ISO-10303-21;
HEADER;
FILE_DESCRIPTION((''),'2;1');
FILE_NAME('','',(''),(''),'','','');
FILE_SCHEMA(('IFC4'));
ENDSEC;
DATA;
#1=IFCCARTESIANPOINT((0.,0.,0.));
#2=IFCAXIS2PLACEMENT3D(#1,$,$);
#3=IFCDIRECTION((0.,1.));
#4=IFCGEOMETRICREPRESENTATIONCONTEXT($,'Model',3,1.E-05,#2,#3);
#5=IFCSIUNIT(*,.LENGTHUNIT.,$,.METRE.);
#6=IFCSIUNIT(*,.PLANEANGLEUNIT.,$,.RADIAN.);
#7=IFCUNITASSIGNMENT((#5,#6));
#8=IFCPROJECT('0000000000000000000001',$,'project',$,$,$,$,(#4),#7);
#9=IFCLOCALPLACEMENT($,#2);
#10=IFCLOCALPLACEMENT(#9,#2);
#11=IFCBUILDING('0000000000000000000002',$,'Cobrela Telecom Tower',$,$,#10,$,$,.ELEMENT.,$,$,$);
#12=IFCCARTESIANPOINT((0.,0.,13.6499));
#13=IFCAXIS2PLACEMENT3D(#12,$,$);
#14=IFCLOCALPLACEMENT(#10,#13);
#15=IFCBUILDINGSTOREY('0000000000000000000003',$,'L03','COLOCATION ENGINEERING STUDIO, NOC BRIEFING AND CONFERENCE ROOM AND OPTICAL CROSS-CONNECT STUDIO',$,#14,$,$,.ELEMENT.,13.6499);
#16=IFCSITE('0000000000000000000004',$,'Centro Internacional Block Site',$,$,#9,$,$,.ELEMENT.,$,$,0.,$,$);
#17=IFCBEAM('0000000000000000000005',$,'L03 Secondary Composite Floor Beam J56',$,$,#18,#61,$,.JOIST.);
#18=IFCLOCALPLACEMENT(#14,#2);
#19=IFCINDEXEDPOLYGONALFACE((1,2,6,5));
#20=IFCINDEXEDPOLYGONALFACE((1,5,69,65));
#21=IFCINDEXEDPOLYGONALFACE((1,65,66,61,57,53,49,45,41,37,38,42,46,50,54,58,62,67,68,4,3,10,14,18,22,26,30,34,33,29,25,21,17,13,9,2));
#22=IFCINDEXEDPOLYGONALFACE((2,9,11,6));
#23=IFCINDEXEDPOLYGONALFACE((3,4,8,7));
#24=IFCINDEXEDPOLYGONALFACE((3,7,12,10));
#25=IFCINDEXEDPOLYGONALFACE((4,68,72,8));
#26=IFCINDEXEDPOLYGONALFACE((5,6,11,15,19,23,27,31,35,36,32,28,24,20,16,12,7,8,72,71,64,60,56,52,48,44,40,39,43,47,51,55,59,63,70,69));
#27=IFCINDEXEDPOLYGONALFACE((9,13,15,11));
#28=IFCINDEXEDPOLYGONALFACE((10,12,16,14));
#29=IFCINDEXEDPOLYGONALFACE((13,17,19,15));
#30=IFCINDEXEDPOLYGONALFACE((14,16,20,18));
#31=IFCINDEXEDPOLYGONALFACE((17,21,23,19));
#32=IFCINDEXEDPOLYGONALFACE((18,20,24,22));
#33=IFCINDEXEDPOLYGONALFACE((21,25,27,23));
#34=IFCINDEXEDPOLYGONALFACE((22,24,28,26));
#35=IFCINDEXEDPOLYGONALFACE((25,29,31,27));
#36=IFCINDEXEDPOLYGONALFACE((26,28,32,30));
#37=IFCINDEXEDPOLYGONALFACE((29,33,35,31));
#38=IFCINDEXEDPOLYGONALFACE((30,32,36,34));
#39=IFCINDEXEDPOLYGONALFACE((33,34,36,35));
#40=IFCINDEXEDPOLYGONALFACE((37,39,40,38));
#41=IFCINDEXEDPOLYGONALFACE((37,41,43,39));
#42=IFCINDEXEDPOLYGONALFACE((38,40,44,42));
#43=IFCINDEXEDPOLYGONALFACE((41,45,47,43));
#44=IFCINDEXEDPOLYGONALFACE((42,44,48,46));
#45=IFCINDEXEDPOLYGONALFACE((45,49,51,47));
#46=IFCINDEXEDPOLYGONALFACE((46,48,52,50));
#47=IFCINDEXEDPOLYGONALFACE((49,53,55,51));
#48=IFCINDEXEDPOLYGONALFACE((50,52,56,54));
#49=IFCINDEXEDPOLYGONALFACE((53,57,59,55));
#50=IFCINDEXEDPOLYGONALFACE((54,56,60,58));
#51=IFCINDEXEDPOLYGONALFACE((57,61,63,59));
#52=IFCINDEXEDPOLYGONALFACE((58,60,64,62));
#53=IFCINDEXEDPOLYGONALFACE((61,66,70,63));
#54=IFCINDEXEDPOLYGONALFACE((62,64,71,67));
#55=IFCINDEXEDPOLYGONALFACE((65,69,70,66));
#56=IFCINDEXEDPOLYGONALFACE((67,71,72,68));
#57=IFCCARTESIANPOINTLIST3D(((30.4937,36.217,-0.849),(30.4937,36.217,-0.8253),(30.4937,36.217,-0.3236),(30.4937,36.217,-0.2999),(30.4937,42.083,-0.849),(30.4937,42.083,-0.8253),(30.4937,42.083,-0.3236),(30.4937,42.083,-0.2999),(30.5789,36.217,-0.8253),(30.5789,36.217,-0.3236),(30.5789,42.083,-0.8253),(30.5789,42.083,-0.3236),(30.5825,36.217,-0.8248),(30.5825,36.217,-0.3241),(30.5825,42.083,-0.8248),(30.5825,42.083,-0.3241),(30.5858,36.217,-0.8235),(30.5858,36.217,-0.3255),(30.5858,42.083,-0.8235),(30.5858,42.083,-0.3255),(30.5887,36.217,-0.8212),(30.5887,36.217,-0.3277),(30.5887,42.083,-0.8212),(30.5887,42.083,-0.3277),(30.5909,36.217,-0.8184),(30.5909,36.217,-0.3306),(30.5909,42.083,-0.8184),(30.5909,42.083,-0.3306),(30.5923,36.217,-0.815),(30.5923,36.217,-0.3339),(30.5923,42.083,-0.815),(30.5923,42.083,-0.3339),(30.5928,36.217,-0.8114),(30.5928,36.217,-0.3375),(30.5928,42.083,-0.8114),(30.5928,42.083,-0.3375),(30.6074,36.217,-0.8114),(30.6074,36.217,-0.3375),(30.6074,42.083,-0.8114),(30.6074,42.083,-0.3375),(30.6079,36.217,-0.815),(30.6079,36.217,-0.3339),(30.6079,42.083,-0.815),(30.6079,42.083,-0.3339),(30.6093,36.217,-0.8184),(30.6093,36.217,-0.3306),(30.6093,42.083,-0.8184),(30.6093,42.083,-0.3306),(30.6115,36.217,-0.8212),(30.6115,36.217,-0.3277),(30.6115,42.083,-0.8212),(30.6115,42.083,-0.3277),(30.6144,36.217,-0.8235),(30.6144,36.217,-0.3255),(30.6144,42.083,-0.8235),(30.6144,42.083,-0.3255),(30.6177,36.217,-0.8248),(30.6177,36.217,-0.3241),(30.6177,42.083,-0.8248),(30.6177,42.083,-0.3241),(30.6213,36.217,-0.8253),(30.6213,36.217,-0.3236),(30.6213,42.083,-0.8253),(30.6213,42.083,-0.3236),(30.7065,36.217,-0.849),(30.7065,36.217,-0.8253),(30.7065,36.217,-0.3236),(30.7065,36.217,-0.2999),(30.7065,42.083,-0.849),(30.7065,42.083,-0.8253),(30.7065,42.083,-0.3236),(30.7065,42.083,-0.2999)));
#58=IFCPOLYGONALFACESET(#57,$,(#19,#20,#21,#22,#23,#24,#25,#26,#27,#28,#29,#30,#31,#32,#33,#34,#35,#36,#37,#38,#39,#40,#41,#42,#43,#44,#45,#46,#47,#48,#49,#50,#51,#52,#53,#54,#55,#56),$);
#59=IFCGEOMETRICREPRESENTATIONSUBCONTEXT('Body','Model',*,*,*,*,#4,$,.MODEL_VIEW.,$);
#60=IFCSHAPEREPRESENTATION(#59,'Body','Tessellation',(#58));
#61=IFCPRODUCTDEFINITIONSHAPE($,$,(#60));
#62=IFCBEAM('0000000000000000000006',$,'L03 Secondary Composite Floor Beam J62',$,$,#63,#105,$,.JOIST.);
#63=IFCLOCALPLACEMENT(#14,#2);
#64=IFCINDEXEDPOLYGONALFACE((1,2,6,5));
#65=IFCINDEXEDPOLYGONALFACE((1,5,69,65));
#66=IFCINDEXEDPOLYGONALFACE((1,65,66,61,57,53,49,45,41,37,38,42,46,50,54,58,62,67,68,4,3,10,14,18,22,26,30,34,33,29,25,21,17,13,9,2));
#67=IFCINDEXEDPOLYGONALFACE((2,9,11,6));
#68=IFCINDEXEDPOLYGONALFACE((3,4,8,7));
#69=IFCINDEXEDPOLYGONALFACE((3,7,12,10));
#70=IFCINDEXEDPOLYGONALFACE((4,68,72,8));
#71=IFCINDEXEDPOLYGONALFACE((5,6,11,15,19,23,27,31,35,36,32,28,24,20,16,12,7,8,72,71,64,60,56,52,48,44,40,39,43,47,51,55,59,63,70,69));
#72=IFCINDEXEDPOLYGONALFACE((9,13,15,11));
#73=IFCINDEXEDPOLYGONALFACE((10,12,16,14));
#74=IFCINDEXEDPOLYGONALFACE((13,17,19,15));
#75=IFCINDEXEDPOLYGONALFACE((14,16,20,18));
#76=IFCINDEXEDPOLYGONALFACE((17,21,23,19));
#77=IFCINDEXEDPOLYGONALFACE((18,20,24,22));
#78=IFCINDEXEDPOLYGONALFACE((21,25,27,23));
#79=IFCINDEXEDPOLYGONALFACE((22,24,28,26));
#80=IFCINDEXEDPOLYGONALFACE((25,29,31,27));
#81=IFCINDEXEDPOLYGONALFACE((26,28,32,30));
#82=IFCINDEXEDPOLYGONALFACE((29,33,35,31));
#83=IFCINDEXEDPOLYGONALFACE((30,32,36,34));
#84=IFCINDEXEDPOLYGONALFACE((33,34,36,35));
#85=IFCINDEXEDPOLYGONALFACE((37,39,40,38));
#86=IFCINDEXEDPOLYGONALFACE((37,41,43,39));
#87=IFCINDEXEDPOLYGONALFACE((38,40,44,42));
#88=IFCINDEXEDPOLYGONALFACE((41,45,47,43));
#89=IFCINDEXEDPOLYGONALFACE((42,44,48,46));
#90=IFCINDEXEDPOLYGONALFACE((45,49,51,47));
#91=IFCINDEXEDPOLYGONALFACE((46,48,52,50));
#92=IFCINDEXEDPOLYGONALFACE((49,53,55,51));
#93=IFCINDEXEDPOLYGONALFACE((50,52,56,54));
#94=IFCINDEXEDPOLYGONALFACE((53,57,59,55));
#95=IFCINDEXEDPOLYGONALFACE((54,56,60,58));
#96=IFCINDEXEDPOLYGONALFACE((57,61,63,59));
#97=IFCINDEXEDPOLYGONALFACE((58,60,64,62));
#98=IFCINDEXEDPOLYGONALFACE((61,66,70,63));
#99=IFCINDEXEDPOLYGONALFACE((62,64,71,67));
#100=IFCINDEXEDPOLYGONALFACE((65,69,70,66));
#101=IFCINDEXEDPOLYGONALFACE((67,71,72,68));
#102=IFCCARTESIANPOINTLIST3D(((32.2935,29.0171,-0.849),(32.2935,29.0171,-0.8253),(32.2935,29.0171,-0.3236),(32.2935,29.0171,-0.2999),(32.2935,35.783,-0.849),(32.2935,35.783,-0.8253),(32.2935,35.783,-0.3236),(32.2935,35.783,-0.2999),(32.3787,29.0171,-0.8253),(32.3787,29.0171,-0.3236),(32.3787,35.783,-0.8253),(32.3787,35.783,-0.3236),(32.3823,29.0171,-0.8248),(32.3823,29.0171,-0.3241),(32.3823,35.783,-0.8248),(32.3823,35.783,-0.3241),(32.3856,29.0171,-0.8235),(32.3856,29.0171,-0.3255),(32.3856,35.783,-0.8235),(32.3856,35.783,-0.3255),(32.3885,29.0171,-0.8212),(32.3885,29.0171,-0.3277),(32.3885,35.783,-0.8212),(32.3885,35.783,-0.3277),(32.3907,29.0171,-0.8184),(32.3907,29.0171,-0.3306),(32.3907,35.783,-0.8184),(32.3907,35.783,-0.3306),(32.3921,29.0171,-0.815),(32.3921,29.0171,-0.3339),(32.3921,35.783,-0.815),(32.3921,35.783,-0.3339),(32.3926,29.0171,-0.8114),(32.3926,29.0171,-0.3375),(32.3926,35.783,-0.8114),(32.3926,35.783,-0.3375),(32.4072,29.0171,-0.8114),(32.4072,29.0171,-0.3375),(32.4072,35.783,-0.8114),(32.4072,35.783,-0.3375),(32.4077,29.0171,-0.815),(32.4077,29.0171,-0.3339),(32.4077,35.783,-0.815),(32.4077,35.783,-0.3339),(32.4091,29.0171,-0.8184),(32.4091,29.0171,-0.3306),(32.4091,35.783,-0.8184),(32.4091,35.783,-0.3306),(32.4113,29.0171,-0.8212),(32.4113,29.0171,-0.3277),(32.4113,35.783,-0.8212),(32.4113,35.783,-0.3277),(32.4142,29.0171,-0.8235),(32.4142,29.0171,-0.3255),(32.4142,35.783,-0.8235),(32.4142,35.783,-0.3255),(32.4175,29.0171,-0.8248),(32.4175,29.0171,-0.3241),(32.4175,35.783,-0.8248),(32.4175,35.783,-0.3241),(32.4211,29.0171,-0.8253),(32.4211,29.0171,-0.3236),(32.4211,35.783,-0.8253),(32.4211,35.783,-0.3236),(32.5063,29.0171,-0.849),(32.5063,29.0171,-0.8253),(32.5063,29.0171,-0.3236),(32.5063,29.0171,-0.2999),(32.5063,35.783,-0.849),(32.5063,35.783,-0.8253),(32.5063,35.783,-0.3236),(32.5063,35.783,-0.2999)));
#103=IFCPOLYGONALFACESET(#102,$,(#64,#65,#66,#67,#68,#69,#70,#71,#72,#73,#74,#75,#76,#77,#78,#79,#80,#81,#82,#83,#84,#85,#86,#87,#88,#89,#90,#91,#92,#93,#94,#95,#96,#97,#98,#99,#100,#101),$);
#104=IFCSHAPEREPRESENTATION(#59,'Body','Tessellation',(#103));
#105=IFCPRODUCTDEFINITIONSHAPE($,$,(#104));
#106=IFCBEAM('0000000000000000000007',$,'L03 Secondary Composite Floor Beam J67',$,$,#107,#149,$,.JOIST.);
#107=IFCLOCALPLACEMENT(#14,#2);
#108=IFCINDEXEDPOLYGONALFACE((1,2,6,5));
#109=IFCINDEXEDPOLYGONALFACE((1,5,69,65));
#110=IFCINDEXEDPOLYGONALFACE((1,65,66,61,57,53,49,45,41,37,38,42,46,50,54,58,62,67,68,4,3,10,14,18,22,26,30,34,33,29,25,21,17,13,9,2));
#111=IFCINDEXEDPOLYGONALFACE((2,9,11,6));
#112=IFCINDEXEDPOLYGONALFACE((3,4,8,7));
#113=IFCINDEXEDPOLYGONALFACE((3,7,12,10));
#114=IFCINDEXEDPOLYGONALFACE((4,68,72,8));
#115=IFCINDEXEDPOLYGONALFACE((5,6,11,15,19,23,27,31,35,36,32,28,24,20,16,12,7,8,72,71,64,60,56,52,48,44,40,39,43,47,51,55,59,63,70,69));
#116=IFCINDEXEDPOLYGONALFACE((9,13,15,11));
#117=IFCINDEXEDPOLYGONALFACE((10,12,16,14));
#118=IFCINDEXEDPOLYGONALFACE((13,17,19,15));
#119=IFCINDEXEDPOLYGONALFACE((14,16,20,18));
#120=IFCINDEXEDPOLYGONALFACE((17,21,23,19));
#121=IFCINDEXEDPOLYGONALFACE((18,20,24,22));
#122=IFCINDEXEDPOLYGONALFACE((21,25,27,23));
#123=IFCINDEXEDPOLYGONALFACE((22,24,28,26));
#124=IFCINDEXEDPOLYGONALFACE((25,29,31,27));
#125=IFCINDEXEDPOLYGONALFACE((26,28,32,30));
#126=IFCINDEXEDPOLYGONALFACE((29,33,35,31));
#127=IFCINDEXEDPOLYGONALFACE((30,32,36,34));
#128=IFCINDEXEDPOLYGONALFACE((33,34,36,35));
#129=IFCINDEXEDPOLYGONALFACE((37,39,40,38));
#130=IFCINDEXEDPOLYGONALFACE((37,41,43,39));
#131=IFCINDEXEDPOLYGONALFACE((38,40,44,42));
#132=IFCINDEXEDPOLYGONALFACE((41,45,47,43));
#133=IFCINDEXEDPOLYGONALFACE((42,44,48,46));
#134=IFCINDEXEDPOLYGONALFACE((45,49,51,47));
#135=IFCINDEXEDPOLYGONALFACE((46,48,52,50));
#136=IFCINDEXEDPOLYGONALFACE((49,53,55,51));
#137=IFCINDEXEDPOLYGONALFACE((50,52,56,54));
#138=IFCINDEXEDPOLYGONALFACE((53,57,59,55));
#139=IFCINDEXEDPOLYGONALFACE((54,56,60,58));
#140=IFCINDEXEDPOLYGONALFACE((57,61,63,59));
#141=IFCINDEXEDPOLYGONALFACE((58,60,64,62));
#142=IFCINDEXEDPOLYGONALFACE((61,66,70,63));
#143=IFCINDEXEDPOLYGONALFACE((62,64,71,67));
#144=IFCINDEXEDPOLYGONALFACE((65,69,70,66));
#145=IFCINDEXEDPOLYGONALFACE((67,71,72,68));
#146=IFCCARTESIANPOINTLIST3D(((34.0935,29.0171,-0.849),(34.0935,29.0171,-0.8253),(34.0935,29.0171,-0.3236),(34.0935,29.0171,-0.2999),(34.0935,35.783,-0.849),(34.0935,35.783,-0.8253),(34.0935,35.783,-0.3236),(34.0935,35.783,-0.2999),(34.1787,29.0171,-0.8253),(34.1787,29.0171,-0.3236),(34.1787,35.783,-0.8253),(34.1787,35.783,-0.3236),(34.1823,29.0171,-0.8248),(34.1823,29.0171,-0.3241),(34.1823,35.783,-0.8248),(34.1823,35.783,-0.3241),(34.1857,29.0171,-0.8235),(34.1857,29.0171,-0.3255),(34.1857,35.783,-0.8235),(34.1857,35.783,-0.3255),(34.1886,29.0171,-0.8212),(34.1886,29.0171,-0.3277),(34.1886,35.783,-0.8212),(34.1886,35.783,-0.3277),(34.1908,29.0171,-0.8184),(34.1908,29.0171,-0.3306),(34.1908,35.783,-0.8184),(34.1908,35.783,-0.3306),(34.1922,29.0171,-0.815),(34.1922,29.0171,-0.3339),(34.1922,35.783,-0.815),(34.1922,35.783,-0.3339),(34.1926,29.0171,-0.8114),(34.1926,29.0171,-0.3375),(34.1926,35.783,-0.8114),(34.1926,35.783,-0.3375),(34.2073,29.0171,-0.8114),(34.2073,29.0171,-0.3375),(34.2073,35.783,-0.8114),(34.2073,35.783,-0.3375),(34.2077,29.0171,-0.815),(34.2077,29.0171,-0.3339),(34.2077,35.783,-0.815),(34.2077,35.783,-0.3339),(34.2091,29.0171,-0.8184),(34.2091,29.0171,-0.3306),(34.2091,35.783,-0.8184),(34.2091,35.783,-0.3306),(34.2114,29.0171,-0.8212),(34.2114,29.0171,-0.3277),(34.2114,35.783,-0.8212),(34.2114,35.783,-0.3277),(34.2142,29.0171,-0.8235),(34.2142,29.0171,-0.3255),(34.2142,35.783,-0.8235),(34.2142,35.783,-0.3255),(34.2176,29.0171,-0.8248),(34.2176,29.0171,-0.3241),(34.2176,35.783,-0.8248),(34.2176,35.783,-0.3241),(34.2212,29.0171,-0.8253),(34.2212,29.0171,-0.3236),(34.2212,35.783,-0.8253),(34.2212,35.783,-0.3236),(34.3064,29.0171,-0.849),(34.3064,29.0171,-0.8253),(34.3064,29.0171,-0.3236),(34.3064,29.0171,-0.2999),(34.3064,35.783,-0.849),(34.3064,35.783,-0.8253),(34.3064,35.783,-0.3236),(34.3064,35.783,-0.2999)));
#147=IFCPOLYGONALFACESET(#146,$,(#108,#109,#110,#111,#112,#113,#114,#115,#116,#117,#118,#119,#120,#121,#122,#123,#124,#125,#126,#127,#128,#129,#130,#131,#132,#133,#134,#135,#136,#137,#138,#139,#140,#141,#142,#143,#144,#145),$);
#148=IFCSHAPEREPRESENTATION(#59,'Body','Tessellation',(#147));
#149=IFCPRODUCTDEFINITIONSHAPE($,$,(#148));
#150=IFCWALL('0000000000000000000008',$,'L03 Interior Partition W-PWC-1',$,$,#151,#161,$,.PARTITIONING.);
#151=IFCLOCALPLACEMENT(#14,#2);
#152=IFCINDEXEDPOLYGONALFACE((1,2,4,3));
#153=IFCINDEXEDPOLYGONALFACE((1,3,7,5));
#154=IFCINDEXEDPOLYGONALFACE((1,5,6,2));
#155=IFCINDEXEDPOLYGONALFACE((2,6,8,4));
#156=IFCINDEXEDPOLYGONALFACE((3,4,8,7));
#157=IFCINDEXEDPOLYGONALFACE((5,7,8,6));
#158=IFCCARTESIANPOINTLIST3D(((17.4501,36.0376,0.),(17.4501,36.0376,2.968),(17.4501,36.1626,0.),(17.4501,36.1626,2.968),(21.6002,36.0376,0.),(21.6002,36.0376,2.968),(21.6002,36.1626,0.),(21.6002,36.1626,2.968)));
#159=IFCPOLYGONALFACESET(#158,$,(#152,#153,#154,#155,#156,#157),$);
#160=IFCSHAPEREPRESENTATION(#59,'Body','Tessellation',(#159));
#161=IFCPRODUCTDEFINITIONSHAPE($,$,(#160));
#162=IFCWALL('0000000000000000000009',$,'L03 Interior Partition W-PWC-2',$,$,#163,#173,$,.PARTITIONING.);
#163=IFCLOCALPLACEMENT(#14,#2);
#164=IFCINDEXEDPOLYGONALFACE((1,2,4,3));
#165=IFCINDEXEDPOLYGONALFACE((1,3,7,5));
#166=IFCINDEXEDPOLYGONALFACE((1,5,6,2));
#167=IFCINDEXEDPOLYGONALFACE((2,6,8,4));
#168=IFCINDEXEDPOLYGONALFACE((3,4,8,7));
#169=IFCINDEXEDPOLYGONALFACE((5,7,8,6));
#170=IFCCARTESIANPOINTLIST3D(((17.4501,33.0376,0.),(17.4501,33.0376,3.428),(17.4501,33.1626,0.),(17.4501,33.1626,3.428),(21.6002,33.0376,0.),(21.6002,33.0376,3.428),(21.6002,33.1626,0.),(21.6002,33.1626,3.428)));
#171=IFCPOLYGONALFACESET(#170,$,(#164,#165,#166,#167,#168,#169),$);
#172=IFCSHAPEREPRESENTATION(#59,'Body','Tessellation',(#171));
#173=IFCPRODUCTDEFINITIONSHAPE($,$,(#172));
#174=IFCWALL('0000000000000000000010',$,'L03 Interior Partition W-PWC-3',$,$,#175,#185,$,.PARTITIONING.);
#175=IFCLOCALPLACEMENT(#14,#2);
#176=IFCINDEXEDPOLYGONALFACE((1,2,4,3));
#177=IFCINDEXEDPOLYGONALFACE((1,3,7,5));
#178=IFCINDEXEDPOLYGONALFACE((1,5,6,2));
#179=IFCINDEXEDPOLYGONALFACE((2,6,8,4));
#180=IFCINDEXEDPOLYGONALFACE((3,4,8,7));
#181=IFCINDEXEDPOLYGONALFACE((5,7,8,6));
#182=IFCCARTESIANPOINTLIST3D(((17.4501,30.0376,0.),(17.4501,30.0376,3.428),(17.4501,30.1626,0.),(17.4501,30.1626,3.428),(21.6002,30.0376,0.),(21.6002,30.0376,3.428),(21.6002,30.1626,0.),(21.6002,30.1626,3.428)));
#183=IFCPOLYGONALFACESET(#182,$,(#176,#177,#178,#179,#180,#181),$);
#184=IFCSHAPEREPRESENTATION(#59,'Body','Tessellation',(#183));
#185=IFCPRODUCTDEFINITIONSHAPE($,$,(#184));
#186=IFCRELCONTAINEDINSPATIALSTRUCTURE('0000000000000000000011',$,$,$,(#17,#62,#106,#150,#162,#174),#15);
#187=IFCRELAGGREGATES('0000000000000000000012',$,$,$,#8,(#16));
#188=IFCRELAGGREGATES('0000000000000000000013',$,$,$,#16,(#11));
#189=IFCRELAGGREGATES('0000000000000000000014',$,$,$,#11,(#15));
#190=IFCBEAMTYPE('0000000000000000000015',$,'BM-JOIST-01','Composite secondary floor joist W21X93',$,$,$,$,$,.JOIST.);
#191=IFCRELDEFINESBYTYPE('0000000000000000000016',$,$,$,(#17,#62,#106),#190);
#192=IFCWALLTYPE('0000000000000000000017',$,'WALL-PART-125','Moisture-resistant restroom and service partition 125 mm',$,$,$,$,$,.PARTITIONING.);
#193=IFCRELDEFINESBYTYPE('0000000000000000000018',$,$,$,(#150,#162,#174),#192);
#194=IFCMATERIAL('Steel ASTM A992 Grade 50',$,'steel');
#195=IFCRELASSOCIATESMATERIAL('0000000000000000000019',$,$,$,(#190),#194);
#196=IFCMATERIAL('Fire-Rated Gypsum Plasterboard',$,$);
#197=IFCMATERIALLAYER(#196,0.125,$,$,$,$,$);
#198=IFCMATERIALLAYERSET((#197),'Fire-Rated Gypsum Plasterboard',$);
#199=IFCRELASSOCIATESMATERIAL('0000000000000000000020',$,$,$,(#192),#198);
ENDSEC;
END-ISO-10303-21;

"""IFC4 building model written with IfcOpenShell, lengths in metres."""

from ifc_helpers import new_model, si_unit, direction, frame, frame_2d, origin, origin_2d, place, context, subcontext, project, spatial, rectangle, i_section, extrude, material, layer, layer_set, material_profile, profile_set, type_object, element, save


model = new_model("IFC4")

# Units and contexts
model_context = context("Model", 3, precision=1e-05, world=origin(), true_north=direction((0.0, 1.0)))
body_context = subcontext(model_context, "Body", "Model", "MODEL_VIEW")
ifc_project = project(units=[si_unit("LENGTHUNIT", "METRE"), si_unit("PLANEANGLEUNIT", "RADIAN")], contexts=[model_context])

# Site, building, storey
site_placement = place(None, origin())
site = spatial("IfcSite", under=ifc_project, at=site_placement, Name="Centro Internacional Block Site", CompositionType="ELEMENT", RefElevation=0.0)
building_placement = place(site_placement, origin())
building = spatial("IfcBuilding", under=site, at=building_placement, Name="Cobrela Telecom Tower", CompositionType="ELEMENT")
storey_placement = place(building_placement, frame((0.0, 0.0, 13.6499)))
storey = spatial("IfcBuildingStorey", under=building, at=storey_placement, Name="L03", Description="COLOCATION ENGINEERING STUDIO, NOC BRIEFING AND CONFERENCE ROOM AND OPTICAL CROSS-CONNECT STUDIO", CompositionType="ELEMENT", Elevation=13.6499)

# Beams
ifc_material_1 = material(Name="Steel ASTM A992 Grade 50", Category="steel")
ifc_material_profile_1 = material_profile(ifc_material_1, i_section(OverallWidth=0.2129, OverallDepth=0.5491, WebThickness=0.0146, FlangeThickness=0.0237, FilletRadius=0.0139, at=origin_2d()), Name="W21X93")
ifc_profile_set_1 = profile_set([ifc_material_profile_1], Name="Steel ASTM A992 Grade 50")
beam_type_1 = type_object("IfcBeamType", Name="BM-JOIST-01", Description="Composite secondary floor joist W21X93", PredefinedType="JOIST", material=ifc_profile_set_1)
beam_1_placement = place(storey_placement, frame((30.6001, 36.217, -0.5745), z_axis=(0.0, 1.0, 0.0), x_axis=(-1.0, 0.0, 0.0)))
element("IfcBeam", 1, at=beam_1_placement, inside=storey, type_object=beam_type_1, Name="L03 Secondary Composite Floor Beam J56", PredefinedType="JOIST", context=body_context, shape_type="SweptSolid", body=[
    extrude(i_section(OverallWidth=0.2129, OverallDepth=0.5491, WebThickness=0.0146, FlangeThickness=0.0237, FilletRadius=0.0139, at=origin_2d()), origin(), (0.0, 0.0, 1.0), 5.866),
])
for number, where, z_axis, x_axis, name in (
    (2, (32.3999, 29.0171, -0.5745), (0.0, 1.0, 0.0), (-1.0, 0.0, 0.0), "L03 Secondary Composite Floor Beam J62"),
    (3, (34.2, 29.0171, -0.5745), (0.0, 1.0, 0.0), (-1.0, 0.0, 0.0), "L03 Secondary Composite Floor Beam J67"),
):
    element("IfcBeam", number, at=place(storey_placement, frame(where, z_axis=z_axis, x_axis=x_axis)), inside=storey, type_object=beam_type_1, Name=name, PredefinedType="JOIST", context=body_context, shape_type="SweptSolid", body=[
        extrude(i_section(OverallWidth=0.2129, OverallDepth=0.5491, WebThickness=0.0146, FlangeThickness=0.0237, FilletRadius=0.0139, at=origin_2d()), origin(), (0.0, 0.0, 1.0), 6.7659),
    ])

# Walls
ifc_material_2 = material(Name="Fire-Rated Gypsum Plasterboard")
ifc_layer_1 = layer(ifc_material_2, 0.125)
ifc_layer_set_1 = layer_set([ifc_layer_1], Name="Fire-Rated Gypsum Plasterboard")
wall_type_1 = type_object("IfcWallType", Name="WALL-PART-125", Description="Moisture-resistant restroom and service partition 125 mm", PredefinedType="PARTITIONING", material=ifc_layer_set_1)
wall_1_placement = place(storey_placement, frame((17.45, 36.1001, 0.0), z_axis=(0.0, 0.0, 1.0), x_axis=(1.0, 0.0, 0.0)))
element("IfcWall", 4, at=wall_1_placement, inside=storey, type_object=wall_type_1, Name="L03 Interior Partition W-PWC-1", PredefinedType="PARTITIONING", context=body_context, shape_type="SweptSolid", body=[
    extrude(rectangle(XDim=4.1501, YDim=0.125, at=frame_2d((2.0752, 0.0))), origin(), (0.0, 0.0, 1.0), 2.968),
])
for number, where, z_axis, x_axis, name in (
    (5, (17.45, 33.1001, 0.0), (0.0, 0.0, 1.0), (1.0, 0.0, 0.0), "L03 Interior Partition W-PWC-2"),
    (6, (17.45, 30.1001, 0.0), (0.0, 0.0, 1.0), (1.0, 0.0, 0.0), "L03 Interior Partition W-PWC-3"),
):
    element("IfcWall", number, at=place(storey_placement, frame(where, z_axis=z_axis, x_axis=x_axis)), inside=storey, type_object=wall_type_1, Name=name, PredefinedType="PARTITIONING", context=body_context, shape_type="SweptSolid", body=[
        extrude(rectangle(XDim=4.1501, YDim=0.125, at=frame_2d((2.0752, 0.0))), origin(), (0.0, 0.0, 1.0), 3.428),
    ])

save(model, "model.ifc")
